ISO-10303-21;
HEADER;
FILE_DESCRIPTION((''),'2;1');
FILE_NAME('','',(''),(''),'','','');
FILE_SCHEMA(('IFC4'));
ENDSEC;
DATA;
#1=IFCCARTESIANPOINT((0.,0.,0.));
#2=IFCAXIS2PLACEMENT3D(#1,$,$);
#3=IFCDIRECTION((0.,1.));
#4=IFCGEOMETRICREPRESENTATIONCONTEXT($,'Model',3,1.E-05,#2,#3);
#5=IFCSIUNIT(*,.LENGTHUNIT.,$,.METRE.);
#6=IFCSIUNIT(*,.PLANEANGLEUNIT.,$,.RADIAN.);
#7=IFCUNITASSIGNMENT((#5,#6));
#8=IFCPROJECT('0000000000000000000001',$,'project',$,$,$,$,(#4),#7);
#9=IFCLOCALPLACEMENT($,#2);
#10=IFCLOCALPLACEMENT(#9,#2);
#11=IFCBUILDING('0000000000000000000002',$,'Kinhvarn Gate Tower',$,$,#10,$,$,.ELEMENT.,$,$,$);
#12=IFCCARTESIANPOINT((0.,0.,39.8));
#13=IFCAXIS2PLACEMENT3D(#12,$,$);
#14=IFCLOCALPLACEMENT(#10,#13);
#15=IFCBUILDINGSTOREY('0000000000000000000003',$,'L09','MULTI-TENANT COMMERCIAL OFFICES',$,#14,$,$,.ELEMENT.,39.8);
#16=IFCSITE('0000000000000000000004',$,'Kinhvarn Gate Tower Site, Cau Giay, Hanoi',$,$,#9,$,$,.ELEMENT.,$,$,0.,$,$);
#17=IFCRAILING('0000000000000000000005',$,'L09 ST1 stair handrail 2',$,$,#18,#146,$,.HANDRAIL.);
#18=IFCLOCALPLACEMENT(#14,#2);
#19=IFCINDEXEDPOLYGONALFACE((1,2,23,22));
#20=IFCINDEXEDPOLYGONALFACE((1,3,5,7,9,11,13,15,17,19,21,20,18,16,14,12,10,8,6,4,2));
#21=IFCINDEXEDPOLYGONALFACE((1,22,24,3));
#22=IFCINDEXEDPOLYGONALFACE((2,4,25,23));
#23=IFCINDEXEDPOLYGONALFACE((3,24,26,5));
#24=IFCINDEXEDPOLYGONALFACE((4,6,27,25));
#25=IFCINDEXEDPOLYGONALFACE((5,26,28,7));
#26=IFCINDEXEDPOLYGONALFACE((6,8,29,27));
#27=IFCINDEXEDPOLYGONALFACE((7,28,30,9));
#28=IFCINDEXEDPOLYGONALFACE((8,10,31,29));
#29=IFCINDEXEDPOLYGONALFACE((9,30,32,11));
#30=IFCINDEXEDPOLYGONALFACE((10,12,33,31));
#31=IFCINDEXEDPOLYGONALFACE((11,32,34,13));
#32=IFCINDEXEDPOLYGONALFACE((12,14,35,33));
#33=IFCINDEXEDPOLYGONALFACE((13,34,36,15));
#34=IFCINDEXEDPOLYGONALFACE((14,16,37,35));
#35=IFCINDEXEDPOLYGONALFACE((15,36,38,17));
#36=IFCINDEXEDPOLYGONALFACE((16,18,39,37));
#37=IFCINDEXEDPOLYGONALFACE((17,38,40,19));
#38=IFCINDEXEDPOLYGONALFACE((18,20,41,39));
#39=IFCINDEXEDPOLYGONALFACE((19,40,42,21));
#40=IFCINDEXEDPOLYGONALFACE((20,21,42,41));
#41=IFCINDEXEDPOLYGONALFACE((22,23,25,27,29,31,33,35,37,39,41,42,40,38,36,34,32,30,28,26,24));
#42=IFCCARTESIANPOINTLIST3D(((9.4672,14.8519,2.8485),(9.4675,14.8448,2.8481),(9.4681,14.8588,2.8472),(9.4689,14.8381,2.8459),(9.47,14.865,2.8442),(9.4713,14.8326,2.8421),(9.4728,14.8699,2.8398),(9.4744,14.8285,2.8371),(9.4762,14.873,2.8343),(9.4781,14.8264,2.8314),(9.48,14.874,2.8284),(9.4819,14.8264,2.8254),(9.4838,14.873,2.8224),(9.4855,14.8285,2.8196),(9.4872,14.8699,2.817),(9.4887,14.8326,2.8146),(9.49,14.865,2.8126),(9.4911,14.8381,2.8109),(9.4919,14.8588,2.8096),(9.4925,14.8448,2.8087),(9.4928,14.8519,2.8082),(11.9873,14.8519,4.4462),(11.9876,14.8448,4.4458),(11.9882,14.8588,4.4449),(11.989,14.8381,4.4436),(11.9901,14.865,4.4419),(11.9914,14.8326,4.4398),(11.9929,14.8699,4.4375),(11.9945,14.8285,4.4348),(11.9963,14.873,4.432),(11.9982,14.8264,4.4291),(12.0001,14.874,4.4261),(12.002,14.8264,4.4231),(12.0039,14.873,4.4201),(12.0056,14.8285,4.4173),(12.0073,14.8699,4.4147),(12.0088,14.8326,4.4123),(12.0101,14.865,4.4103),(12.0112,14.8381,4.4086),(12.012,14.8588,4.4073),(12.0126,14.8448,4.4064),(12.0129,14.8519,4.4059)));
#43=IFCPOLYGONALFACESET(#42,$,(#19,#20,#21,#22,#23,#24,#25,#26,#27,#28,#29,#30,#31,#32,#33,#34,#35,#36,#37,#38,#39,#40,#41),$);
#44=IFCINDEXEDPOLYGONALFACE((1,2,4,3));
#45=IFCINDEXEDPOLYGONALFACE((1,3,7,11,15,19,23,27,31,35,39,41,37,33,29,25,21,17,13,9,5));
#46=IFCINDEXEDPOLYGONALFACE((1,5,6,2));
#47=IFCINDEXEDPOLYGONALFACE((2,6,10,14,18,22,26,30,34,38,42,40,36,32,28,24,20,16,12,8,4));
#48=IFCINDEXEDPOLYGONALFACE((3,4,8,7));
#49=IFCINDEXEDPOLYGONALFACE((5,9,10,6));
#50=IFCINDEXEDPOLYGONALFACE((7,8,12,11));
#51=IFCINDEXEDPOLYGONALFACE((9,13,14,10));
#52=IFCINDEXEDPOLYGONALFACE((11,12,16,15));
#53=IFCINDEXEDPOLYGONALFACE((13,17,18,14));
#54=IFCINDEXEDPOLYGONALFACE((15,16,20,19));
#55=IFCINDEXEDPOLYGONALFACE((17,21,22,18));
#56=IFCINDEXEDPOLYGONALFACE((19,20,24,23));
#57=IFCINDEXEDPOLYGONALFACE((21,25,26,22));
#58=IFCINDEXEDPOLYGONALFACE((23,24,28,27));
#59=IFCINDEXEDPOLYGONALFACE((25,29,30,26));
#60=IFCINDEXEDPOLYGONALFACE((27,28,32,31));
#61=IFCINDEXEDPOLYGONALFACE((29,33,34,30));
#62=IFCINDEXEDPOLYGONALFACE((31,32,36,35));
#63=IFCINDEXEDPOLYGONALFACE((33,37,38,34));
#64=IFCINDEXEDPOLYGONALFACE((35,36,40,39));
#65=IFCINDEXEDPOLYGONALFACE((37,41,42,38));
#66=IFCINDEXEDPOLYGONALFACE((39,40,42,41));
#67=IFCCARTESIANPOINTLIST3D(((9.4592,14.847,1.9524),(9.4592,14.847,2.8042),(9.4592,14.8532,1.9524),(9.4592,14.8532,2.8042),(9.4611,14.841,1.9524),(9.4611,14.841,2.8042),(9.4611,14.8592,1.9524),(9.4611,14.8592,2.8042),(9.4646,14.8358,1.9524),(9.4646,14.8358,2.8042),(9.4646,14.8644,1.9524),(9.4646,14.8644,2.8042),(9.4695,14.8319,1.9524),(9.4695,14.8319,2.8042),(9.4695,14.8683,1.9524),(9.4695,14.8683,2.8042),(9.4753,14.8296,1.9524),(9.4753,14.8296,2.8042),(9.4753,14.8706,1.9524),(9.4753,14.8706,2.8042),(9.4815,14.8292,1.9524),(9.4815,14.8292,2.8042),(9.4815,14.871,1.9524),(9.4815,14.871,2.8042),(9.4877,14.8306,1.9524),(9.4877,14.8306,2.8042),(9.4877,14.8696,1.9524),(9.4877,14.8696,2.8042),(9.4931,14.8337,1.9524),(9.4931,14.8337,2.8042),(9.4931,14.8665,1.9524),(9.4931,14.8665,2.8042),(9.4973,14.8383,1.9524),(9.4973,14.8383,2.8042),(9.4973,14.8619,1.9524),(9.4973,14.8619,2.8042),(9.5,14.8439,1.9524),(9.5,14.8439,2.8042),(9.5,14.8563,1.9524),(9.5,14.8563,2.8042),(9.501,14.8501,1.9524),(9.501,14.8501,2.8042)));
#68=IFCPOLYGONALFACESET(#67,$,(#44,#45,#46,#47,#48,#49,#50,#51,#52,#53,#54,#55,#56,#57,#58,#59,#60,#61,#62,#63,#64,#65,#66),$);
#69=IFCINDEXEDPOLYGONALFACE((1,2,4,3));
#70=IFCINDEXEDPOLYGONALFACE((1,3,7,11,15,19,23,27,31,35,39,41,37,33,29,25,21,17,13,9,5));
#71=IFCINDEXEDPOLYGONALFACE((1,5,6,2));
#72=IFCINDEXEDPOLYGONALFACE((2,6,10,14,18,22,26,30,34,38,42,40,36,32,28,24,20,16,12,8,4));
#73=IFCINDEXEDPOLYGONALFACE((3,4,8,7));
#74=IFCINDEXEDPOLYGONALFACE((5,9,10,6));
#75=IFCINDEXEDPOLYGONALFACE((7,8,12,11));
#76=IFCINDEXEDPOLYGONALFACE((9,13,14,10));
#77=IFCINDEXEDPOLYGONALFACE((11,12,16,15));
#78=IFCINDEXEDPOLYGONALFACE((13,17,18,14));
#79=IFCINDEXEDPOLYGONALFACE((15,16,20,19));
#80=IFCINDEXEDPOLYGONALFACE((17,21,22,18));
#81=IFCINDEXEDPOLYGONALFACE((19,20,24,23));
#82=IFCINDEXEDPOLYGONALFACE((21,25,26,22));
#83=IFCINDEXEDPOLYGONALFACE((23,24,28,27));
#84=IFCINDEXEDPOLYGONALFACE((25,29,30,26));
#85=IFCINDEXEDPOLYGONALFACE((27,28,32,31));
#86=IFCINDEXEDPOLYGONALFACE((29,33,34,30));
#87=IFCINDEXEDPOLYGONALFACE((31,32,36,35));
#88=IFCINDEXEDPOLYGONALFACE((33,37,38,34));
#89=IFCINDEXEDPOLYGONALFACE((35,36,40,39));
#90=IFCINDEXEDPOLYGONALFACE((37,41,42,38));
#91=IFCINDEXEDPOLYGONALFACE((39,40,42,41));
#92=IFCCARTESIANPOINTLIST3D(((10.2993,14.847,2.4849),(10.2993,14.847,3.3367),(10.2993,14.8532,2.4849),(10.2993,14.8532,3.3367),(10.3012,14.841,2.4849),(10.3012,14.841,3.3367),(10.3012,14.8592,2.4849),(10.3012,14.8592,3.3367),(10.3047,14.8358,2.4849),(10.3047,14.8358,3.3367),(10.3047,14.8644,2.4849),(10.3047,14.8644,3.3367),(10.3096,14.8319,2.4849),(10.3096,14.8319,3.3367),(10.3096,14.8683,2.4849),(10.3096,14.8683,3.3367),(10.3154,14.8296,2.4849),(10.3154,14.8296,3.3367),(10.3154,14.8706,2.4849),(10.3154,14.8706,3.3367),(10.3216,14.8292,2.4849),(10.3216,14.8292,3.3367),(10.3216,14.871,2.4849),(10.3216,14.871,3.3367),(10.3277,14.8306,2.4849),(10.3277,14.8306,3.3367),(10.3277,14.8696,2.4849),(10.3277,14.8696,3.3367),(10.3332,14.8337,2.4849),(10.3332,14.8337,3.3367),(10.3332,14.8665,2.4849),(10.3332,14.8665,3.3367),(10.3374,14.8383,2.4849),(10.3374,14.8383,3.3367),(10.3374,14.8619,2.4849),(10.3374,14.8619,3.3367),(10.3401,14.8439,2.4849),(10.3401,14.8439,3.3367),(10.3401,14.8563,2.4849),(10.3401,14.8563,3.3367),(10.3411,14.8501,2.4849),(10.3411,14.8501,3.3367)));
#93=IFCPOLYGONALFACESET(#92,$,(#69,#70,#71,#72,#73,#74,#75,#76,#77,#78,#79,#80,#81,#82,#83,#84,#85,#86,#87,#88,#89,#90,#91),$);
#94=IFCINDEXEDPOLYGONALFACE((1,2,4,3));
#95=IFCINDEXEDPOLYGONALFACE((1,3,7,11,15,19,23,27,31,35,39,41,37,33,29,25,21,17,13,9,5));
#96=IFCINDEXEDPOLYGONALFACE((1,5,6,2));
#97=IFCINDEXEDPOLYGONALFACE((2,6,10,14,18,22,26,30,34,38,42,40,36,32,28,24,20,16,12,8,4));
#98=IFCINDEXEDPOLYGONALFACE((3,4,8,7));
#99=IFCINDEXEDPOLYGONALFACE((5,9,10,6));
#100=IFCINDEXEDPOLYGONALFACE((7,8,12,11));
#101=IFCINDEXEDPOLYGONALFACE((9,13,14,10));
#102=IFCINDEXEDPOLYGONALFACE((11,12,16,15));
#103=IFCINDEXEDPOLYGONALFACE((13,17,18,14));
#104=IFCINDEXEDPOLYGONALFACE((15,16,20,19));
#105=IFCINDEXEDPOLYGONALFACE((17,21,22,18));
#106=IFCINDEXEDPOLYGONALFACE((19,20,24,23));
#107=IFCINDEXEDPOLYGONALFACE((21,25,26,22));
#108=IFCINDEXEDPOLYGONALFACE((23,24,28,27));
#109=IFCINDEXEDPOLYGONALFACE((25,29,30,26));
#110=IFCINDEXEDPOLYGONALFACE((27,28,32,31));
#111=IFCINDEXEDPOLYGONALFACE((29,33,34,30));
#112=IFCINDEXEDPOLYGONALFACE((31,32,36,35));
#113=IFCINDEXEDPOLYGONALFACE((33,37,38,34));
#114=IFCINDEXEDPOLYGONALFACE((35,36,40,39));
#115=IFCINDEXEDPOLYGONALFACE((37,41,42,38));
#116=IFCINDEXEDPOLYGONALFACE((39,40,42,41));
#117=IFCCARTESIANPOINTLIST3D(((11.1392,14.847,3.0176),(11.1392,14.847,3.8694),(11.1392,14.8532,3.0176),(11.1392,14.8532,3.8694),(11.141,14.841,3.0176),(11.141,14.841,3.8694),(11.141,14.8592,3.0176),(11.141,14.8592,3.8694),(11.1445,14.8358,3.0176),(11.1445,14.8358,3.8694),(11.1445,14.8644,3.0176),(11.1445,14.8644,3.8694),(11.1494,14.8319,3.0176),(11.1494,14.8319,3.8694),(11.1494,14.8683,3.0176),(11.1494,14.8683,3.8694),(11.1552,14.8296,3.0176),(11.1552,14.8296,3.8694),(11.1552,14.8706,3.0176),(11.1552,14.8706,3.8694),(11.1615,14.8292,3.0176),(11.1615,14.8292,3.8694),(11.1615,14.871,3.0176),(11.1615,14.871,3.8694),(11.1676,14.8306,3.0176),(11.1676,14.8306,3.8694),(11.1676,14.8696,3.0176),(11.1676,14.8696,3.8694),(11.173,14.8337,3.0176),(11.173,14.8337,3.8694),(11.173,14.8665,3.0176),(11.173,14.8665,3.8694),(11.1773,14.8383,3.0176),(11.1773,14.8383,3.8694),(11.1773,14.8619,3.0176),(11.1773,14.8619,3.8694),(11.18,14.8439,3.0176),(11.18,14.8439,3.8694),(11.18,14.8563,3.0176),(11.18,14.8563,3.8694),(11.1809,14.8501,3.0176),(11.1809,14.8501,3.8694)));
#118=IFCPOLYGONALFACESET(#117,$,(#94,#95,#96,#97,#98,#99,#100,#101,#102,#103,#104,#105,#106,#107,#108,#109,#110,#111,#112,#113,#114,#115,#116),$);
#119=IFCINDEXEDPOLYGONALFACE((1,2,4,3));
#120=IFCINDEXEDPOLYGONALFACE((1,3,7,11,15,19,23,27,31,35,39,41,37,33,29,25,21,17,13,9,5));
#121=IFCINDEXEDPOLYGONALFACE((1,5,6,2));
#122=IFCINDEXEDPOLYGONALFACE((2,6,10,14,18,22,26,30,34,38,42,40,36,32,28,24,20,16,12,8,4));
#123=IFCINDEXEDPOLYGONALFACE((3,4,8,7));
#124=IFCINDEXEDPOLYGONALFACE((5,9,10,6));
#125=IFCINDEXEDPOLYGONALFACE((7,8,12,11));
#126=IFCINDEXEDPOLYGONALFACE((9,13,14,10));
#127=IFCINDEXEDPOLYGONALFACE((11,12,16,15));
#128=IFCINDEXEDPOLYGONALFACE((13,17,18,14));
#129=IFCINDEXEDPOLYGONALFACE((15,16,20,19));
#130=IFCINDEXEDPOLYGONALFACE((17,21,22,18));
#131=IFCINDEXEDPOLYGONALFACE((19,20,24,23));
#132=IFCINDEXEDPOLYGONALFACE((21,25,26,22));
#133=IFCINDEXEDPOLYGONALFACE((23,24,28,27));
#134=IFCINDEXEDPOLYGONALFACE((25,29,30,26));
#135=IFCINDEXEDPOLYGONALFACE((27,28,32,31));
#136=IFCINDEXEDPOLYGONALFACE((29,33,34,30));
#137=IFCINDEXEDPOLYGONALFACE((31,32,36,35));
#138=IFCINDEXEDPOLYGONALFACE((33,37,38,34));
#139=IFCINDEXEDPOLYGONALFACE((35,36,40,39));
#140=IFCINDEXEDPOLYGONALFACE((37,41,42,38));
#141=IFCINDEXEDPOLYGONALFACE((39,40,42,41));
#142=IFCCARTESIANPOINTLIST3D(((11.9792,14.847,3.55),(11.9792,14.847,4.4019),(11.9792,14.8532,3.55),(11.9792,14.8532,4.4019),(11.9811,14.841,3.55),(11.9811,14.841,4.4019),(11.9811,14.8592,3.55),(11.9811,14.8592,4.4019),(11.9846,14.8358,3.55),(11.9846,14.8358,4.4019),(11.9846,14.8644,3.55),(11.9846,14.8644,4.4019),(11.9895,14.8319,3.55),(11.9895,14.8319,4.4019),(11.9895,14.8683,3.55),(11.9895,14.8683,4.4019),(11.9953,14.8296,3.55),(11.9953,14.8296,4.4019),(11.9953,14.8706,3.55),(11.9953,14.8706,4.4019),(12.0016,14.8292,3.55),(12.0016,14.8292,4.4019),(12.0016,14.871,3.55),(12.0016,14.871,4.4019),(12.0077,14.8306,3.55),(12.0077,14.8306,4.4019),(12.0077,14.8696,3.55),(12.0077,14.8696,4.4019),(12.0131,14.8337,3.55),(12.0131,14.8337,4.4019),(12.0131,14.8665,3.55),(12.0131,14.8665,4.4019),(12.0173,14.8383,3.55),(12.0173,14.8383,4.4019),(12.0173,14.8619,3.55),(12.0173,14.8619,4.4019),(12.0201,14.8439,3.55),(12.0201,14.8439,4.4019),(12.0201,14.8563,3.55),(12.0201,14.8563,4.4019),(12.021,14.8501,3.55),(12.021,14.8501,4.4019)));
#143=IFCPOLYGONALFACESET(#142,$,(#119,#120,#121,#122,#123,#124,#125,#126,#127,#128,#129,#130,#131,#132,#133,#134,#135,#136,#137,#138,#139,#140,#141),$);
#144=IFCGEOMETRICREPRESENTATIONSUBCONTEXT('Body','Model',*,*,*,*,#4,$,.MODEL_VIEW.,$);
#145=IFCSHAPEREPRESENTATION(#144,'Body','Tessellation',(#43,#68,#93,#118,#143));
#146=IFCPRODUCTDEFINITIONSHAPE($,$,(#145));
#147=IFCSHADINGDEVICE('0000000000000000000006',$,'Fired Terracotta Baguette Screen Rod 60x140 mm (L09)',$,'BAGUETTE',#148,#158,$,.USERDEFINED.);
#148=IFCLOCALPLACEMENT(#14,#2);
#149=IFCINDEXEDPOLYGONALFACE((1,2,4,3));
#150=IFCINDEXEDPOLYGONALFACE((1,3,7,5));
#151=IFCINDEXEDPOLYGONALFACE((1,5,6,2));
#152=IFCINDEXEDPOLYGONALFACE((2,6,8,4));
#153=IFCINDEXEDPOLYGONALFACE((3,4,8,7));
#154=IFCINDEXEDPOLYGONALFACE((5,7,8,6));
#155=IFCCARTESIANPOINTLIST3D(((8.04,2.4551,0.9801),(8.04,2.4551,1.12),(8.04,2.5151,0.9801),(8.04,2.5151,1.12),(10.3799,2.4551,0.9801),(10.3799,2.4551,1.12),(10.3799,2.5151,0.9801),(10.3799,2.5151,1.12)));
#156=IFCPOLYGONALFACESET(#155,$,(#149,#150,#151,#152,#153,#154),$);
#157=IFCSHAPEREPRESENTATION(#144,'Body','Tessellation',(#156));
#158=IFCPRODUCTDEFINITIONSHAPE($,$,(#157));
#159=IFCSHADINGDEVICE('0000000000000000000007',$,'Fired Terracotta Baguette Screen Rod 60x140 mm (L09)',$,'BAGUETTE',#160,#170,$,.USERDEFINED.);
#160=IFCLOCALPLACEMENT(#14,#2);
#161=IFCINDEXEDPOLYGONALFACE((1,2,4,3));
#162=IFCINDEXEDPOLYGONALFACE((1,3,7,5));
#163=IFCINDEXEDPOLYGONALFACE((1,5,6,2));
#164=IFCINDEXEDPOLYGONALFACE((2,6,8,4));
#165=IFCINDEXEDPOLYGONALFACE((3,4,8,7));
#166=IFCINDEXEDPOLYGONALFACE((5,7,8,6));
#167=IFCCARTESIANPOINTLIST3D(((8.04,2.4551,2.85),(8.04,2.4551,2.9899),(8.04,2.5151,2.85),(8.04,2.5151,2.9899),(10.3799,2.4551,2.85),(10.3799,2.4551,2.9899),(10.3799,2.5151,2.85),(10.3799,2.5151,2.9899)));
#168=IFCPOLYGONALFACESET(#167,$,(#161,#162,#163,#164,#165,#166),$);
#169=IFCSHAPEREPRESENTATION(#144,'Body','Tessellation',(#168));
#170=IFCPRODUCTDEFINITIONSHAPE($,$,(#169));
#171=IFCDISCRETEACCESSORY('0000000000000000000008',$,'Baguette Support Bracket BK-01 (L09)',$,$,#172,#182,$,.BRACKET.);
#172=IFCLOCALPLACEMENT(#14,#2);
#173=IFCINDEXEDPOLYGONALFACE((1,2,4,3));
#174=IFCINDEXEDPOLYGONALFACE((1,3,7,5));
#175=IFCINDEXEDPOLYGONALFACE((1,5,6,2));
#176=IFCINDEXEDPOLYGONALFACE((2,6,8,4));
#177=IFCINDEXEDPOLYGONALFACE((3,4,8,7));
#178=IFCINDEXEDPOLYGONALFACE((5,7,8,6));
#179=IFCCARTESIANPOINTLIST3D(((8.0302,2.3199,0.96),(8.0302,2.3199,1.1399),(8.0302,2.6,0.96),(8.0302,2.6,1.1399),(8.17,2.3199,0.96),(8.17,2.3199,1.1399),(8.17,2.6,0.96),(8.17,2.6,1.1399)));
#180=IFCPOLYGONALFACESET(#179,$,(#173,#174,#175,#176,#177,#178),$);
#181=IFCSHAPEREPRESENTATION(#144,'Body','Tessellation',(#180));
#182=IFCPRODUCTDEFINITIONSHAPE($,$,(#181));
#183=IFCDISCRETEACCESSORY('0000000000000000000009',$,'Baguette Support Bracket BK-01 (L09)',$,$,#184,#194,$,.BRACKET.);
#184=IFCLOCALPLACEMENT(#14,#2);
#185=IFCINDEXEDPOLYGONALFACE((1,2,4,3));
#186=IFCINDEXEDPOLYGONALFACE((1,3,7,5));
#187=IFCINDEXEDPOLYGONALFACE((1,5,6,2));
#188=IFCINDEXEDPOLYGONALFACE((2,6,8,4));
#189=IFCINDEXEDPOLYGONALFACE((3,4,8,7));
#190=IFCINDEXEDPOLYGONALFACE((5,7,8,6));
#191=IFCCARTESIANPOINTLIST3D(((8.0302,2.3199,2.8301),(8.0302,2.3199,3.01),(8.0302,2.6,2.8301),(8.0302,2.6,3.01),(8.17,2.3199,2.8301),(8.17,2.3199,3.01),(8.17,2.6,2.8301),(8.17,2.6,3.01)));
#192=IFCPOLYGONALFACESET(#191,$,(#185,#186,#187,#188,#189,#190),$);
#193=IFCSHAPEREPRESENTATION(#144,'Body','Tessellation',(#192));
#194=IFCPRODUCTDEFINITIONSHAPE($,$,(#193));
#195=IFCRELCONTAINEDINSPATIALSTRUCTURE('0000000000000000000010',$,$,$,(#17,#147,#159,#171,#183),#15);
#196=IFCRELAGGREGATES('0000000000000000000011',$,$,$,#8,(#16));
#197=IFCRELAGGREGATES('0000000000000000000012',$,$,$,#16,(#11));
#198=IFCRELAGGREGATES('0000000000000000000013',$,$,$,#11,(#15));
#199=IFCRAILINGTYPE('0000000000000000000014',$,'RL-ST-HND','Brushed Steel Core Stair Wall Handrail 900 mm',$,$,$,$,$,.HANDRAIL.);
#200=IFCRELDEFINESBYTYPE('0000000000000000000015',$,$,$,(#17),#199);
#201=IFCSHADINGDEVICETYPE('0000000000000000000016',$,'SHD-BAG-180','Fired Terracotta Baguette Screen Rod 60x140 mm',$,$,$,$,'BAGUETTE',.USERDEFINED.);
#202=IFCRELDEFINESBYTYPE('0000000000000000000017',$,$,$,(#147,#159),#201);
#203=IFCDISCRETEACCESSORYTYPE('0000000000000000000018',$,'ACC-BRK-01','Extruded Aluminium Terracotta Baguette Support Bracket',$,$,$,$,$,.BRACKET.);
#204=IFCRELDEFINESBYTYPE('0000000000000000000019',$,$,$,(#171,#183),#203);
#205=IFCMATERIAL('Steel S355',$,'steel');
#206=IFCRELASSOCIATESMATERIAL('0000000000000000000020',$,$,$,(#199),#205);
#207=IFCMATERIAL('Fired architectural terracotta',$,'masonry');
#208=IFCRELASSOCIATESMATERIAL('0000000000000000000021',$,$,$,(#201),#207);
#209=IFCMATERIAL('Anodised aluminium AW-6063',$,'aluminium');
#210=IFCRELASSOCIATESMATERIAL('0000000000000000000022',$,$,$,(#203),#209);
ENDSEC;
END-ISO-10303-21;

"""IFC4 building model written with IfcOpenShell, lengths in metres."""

from ifc_helpers import new_model, si_unit, direction, frame, origin, origin_2d, place, context, subcontext, project, spatial, rectangle, circle, extrude, material, material_profile, profile_set, type_object, element, save


model = new_model("IFC4")

# Units and contexts
model_context = context("Model", 3, precision=1e-05, world=origin(), true_north=direction((0.0, 1.0)))
body_context = subcontext(model_context, "Body", "Model", "MODEL_VIEW")
ifc_project = project(units=[si_unit("LENGTHUNIT", "METRE"), si_unit("PLANEANGLEUNIT", "RADIAN")], contexts=[model_context])

# Site, building, storey
site_placement = place(None, origin())
site = spatial("IfcSite", under=ifc_project, at=site_placement, Name="Kinhvarn Gate Tower Site, Cau Giay, Hanoi", CompositionType="ELEMENT", RefElevation=0.0)
building_placement = place(site_placement, origin())
building = spatial("IfcBuilding", under=site, at=building_placement, Name="Kinhvarn Gate Tower", CompositionType="ELEMENT")
storey_placement = place(building_placement, frame((0.0, 0.0, 39.8)))
storey = spatial("IfcBuildingStorey", under=building, at=storey_placement, Name="L09", Description="MULTI-TENANT COMMERCIAL OFFICES", CompositionType="ELEMENT", Elevation=39.8)

# Shared definitions
ifc_material_1 = material(Name="Anodised aluminium AW-6063", Category="aluminium")

# Shared definitions
ifc_material_2 = material(Name="Steel S355", Category="steel")

# Shared definitions
ifc_material_3 = material(Name="Fired architectural terracotta", Category="masonry")

# Railing
railing_type_1 = type_object("IfcRailingType", Name="RL-ST-HND", Description="Brushed Steel Core Stair Wall Handrail 900 mm", PredefinedType="HANDRAIL", material=ifc_material_2)
railing_1_placement = place(storey_placement, frame((9.48, 14.8501, 1.9524)))
element("IfcRailing", 1, at=railing_1_placement, inside=storey, type_object=railing_type_1, Name="L09 ST1 stair handrail 2", PredefinedType="HANDRAIL", context=body_context, shape_type="SweptSolid", body=[
    extrude(circle(Radius=0.0239, at=origin_2d()), frame((0.0, 0.0, 0.876), z_axis=(0.84457, 0.0, 0.535445), x_axis=(0.0, 1.0, 0.0)), (0.0, 0.0, 1.0), 2.9839),
    extrude(circle(Radius=0.021, at=origin_2d()), origin(), (0.0, 0.0, 1.0), 0.8518),
    extrude(circle(Radius=0.021, at=origin_2d()), frame((0.8401, 0.0, 0.5325)), (0.0, 0.0, 1.0), 0.8518),
    extrude(circle(Radius=0.021, at=origin_2d()), frame((1.6799, 0.0, 1.0652)), (0.0, 0.0, 1.0), 0.8518),
    extrude(circle(Radius=0.021, at=origin_2d()), frame((2.52, 0.0, 1.5977)), (0.0, 0.0, 1.0), 0.8518),
])

# Shading devices
ifc_material_profile_1 = material_profile(ifc_material_3, rectangle(XDim=0.0601, YDim=0.1399, at=origin_2d()), Name="TC 60x140")
ifc_profile_set_1 = profile_set([ifc_material_profile_1], Name="Fired architectural terracotta")
shading_device_type = type_object("IfcShadingDeviceType", Name="SHD-BAG-180", Description="Fired Terracotta Baguette Screen Rod 60x140 mm", ElementType="BAGUETTE", PredefinedType="USERDEFINED", material=ifc_profile_set_1)
for number, where, z_axis, x_axis, name in (
    (2, (8.04, 2.4851, 1.05), (1.0, 0.0, 0.0), (0.0, 1.0, 0.0), "Fired Terracotta Baguette Screen Rod 60x140 mm (L09)"),
    (3, (8.04, 2.4851, 2.9199), (1.0, 0.0, 0.0), (0.0, 1.0, 0.0), "Fired Terracotta Baguette Screen Rod 60x140 mm (L09)"),
):
    element("IfcShadingDevice", number, at=place(storey_placement, frame(where, z_axis=z_axis, x_axis=x_axis)), inside=storey, type_object=shading_device_type, Name=name, ObjectType="BAGUETTE", PredefinedType="USERDEFINED", context=body_context, shape_type="SweptSolid", body=[
        extrude(rectangle(XDim=0.0601, YDim=0.1399, at=origin_2d()), origin(), (0.0, 0.0, 1.0), 2.3398),
    ])

# Discrete accessories
discrete_accessory_type = type_object("IfcDiscreteAccessoryType", Name="ACC-BRK-01", Description="Extruded Aluminium Terracotta Baguette Support Bracket", PredefinedType="BRACKET", material=ifc_material_1)
for number, where, z_axis, x_axis, name in (
    (4, (8.1001, 2.46, 0.96), (0.0, 0.0, 1.0), (1.0, 0.0, 0.0), "Baguette Support Bracket BK-01 (L09)"),
    (5, (8.1001, 2.46, 2.8301), (0.0, 0.0, 1.0), (1.0, 0.0, 0.0), "Baguette Support Bracket BK-01 (L09)"),
):
    element("IfcDiscreteAccessory", number, at=place(storey_placement, frame(where, z_axis=z_axis, x_axis=x_axis)), inside=storey, type_object=discrete_accessory_type, Name=name, PredefinedType="BRACKET", context=body_context, shape_type="SweptSolid", body=[
        extrude(rectangle(XDim=0.1399, YDim=0.28, at=origin_2d()), origin(), (0.0, 0.0, 1.0), 0.1799),
    ])

save(model, "model.ifc")
